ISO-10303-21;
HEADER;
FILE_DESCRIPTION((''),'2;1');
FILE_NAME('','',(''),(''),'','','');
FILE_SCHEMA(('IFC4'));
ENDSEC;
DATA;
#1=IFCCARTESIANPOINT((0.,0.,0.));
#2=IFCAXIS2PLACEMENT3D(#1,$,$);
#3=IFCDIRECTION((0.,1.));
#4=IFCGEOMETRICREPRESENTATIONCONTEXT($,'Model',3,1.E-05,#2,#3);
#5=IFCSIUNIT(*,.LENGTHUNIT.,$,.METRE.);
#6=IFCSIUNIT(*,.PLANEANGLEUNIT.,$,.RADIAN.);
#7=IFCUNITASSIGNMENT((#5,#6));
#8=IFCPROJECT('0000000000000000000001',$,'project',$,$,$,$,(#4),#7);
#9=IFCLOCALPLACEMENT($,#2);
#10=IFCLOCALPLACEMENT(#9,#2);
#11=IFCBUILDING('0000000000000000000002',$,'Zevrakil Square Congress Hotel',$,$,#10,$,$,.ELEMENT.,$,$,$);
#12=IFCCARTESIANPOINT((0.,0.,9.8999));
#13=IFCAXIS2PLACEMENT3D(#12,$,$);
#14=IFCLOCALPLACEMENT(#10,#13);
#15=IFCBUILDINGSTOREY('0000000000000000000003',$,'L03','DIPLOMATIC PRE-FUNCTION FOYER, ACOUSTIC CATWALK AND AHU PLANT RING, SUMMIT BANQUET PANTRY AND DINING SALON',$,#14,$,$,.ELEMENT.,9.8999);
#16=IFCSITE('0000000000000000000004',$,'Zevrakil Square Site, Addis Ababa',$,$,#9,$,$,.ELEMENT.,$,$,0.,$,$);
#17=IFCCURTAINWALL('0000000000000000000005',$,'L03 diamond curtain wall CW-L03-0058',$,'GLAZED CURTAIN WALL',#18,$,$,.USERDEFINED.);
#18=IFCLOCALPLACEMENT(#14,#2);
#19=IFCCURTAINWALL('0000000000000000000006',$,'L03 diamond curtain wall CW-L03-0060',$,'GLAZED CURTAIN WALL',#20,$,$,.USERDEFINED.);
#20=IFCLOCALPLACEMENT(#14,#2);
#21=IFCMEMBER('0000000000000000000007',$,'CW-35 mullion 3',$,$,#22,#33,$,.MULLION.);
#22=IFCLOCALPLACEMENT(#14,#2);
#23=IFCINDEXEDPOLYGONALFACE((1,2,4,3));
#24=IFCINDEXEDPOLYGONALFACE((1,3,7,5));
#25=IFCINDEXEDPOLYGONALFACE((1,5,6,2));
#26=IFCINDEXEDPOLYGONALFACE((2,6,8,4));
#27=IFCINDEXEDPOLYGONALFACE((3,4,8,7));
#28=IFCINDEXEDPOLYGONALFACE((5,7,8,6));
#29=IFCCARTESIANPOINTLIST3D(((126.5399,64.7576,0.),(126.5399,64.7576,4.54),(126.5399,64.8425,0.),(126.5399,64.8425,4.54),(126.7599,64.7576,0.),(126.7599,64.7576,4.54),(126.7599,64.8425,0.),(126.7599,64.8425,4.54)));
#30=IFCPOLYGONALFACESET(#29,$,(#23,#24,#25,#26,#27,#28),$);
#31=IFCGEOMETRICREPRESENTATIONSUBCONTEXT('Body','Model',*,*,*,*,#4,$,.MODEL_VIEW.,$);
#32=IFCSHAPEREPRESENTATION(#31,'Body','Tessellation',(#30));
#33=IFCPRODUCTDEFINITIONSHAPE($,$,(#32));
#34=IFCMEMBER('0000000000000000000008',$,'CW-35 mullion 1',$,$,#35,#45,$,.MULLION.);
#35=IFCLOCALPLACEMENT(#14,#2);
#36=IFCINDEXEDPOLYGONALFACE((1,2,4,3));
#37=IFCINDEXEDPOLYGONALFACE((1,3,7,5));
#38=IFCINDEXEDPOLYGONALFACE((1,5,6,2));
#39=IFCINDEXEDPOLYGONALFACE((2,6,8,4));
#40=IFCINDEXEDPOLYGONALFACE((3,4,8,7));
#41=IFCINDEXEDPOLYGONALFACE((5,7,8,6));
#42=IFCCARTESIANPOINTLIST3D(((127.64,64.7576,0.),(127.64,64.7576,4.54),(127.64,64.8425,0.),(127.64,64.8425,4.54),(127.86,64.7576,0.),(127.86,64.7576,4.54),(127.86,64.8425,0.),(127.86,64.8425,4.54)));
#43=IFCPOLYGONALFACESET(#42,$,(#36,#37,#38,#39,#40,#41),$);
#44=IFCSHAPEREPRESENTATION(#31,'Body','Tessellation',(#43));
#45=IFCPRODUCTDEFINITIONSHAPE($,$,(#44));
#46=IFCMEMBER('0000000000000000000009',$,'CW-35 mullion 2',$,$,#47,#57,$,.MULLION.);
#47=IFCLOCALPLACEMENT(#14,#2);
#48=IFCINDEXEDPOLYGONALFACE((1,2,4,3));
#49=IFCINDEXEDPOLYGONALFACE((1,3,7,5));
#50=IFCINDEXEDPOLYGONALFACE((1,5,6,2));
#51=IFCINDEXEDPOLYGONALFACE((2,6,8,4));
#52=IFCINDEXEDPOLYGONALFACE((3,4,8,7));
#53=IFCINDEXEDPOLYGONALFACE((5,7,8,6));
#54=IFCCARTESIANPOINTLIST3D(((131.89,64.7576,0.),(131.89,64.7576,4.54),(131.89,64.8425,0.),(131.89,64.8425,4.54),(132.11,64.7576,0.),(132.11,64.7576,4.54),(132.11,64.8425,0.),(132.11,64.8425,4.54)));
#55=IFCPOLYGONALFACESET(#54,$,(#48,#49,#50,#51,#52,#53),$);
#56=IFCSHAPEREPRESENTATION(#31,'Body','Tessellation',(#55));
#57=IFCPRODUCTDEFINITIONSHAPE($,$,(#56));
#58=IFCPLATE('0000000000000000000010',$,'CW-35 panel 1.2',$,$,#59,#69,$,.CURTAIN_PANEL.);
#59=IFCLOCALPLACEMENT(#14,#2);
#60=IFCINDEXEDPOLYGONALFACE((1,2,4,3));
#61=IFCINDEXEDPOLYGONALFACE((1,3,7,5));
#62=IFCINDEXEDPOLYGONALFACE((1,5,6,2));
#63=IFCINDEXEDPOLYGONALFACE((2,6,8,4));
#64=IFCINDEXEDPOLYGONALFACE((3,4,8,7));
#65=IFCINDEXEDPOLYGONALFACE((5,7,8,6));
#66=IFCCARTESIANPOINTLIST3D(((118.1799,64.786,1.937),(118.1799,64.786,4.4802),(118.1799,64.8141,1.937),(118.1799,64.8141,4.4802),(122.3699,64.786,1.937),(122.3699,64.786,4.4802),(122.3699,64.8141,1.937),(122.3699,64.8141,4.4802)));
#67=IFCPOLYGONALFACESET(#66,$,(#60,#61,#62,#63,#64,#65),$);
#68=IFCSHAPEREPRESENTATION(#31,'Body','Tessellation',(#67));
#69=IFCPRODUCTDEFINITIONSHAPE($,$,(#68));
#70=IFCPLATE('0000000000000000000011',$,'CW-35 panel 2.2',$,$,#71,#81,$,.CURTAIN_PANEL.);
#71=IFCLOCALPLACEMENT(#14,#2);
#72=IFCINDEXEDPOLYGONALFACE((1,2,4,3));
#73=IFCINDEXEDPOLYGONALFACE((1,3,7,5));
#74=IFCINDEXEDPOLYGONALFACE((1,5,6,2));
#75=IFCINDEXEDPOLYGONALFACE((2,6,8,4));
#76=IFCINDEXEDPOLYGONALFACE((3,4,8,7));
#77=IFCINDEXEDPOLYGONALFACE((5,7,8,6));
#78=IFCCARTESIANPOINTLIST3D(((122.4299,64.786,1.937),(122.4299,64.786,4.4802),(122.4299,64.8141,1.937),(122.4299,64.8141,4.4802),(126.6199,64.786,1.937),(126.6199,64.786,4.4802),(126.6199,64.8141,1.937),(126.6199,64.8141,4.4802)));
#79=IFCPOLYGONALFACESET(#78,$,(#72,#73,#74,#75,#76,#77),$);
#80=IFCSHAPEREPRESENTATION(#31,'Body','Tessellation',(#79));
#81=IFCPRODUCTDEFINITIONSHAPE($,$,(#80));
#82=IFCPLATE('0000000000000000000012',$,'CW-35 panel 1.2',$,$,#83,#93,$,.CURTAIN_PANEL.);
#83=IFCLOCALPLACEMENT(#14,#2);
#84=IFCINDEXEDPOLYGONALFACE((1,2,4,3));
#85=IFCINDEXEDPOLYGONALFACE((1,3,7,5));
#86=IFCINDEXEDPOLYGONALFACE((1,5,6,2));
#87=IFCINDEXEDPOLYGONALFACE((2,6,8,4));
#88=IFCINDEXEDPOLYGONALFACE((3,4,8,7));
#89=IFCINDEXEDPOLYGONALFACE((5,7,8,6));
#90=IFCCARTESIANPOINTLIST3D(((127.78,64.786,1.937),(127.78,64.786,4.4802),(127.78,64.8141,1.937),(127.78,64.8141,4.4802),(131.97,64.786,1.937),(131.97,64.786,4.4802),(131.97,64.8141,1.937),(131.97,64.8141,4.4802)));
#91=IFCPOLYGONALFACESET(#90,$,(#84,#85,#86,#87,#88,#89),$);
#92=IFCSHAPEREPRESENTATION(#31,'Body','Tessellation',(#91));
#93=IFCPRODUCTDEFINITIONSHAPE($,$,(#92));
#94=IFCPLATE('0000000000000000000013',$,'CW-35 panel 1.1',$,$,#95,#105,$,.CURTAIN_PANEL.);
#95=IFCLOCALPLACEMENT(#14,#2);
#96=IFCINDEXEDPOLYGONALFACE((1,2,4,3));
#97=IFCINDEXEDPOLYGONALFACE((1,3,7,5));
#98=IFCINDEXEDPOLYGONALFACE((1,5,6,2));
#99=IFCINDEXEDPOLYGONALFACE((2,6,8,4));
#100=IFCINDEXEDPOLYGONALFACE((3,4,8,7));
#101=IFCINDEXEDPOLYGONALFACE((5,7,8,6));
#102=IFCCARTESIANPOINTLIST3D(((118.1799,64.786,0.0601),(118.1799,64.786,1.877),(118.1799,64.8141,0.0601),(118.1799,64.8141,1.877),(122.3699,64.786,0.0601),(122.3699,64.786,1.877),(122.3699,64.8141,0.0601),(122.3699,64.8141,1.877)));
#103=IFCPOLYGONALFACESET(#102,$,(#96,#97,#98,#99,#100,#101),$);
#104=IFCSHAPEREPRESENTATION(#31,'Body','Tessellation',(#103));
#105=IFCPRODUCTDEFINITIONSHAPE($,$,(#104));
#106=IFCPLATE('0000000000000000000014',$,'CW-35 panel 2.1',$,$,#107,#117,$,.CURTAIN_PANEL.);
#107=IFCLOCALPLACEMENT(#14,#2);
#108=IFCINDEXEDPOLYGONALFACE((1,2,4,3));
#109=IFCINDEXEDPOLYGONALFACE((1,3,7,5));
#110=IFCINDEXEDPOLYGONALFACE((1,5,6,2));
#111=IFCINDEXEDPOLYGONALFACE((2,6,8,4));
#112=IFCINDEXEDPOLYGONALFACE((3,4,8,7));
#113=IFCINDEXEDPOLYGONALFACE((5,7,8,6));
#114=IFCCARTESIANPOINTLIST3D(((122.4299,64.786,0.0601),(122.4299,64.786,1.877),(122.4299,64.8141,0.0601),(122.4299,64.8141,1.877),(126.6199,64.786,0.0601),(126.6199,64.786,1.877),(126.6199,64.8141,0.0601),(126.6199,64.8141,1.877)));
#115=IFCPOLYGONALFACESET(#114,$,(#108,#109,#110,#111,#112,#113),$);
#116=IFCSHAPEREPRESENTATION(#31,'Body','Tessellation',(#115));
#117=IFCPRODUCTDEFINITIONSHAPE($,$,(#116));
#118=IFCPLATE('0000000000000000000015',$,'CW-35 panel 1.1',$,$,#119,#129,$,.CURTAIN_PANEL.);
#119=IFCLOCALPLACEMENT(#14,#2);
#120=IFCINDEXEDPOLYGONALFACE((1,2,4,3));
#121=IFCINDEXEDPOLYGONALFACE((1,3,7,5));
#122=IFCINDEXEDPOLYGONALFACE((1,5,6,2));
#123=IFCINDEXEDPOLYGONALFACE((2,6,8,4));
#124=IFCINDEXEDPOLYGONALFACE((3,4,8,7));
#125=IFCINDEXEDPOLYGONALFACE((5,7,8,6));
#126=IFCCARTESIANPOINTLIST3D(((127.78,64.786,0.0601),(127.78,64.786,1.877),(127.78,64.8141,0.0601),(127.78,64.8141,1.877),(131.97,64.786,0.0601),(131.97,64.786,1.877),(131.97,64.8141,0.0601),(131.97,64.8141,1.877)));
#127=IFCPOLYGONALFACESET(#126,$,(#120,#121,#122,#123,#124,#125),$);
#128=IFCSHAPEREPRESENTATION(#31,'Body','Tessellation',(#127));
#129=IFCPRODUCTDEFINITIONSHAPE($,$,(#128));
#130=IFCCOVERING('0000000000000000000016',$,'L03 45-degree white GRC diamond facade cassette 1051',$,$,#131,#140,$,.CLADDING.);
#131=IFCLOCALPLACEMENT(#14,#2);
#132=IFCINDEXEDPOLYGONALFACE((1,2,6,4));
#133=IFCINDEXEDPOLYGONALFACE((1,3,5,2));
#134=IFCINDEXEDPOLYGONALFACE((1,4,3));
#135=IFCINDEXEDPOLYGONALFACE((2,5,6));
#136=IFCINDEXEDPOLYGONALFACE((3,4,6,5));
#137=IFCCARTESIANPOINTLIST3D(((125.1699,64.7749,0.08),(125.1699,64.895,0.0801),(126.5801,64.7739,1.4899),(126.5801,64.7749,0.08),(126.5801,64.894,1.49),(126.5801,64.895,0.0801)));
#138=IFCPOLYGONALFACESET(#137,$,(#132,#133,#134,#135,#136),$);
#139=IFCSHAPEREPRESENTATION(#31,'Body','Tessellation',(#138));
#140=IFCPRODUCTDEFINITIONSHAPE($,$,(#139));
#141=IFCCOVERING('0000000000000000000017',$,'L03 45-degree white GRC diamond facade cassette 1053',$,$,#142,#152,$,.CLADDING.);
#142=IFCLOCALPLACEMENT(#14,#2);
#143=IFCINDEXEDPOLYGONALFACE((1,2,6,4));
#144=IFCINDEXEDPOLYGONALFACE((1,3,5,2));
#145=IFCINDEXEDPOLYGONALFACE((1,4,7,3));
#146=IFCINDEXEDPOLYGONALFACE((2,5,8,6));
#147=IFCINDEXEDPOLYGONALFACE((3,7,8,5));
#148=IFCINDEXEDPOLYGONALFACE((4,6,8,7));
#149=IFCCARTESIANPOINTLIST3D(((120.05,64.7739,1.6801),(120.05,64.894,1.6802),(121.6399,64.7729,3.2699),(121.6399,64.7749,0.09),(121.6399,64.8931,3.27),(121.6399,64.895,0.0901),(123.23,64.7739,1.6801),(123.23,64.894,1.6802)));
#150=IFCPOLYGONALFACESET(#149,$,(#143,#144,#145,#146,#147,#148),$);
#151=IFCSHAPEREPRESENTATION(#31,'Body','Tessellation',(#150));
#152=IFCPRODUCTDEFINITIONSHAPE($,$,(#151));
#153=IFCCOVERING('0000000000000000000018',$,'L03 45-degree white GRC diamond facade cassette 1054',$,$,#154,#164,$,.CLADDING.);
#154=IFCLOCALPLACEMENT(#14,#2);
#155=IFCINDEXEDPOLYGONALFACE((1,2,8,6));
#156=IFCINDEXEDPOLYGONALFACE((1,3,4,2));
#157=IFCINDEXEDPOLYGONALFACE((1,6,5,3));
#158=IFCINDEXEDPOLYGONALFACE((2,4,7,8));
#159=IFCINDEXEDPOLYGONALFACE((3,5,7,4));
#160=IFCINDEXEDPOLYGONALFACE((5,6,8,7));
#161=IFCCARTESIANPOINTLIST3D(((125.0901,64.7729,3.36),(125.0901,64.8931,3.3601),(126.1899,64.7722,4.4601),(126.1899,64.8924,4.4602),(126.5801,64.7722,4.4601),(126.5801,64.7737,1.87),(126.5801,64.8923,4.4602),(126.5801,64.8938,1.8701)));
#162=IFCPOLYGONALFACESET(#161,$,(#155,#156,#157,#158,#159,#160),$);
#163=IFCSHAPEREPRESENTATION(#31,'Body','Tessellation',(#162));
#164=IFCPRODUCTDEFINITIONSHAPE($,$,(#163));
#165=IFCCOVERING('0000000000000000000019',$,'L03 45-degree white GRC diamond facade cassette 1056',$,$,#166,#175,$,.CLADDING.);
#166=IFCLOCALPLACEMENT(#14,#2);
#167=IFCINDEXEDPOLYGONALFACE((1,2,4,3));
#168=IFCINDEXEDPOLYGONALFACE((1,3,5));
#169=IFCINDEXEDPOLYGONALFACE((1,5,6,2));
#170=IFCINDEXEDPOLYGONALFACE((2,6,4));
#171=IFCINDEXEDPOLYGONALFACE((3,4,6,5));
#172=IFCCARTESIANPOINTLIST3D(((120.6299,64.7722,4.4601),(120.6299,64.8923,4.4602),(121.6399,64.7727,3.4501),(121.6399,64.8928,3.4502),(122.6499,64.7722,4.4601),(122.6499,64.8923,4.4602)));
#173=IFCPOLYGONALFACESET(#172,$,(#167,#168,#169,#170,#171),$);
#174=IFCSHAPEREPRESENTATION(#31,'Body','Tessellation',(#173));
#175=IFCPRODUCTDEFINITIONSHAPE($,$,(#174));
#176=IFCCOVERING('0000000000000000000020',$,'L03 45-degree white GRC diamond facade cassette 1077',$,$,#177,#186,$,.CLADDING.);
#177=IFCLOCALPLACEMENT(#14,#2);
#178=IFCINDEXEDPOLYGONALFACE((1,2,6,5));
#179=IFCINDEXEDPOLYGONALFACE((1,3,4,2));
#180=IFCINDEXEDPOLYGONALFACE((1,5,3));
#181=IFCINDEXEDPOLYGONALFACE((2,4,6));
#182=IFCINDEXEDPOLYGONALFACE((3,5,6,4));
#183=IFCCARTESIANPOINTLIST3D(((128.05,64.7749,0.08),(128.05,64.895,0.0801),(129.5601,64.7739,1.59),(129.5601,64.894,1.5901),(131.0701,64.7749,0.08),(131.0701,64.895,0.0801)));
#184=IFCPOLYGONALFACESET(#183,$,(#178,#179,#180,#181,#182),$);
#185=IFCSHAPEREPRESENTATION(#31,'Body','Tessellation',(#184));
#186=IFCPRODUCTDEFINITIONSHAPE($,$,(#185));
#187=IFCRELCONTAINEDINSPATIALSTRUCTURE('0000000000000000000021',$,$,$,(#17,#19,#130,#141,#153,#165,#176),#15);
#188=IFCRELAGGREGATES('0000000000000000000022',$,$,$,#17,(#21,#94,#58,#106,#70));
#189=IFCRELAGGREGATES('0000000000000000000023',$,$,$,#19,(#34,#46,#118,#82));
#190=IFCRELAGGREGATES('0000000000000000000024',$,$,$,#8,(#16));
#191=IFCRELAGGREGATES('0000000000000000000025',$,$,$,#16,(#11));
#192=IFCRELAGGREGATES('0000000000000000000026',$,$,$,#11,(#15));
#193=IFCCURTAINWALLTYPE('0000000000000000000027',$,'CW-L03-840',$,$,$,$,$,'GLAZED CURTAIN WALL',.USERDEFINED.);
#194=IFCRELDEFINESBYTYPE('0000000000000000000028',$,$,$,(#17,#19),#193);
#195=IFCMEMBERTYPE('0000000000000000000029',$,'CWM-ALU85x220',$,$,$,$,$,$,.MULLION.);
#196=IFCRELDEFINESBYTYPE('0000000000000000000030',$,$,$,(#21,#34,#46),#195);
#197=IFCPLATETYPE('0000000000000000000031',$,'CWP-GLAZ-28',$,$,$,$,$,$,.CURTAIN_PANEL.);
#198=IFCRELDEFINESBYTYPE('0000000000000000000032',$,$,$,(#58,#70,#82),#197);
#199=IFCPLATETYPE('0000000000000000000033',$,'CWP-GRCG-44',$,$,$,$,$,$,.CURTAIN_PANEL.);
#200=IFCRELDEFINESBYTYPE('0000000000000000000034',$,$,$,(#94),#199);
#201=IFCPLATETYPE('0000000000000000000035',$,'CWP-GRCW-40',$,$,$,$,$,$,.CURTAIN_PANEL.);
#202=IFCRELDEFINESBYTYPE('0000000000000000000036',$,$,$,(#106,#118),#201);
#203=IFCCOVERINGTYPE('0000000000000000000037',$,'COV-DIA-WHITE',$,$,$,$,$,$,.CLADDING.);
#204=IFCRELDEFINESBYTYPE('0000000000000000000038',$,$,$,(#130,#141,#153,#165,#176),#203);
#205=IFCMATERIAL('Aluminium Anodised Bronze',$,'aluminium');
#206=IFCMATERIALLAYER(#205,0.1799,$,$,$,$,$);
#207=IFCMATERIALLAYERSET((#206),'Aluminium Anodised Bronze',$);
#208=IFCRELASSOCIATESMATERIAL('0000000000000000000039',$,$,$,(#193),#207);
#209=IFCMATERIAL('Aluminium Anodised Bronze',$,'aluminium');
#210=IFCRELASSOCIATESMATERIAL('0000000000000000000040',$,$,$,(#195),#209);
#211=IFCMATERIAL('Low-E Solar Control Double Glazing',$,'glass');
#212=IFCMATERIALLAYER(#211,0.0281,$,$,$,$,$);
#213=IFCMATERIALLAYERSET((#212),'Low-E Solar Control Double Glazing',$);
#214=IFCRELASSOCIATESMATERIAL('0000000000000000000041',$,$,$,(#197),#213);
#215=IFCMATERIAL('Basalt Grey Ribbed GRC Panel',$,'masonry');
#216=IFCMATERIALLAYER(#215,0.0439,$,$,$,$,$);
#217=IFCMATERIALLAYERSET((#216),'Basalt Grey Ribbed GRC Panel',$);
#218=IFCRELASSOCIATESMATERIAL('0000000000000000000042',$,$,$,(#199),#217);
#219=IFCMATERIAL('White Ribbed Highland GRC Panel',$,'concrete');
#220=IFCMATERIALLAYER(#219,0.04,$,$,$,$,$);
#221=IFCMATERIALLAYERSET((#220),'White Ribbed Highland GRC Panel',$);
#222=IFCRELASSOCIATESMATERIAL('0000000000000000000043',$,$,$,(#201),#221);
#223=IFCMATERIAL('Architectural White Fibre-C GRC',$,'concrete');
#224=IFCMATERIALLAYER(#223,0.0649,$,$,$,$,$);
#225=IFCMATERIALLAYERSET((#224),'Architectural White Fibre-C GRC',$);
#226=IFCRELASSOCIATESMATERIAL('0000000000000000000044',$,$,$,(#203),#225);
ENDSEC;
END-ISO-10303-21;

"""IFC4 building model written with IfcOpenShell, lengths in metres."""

from ifc_helpers import new_model, si_unit, direction, frame, origin, origin_2d, place, context, subcontext, project, spatial, polyline, rectangle, outline, extrude, material, layer, layer_set, material_profile, profile_set, type_object, element, aggregate, save


model = new_model("IFC4")

# Units and contexts
model_context = context("Model", 3, precision=1e-05, world=origin(), true_north=direction((0.0, 1.0)))
body_context = subcontext(model_context, "Body", "Model", "MODEL_VIEW")
ifc_project = project(units=[si_unit("LENGTHUNIT", "METRE"), si_unit("PLANEANGLEUNIT", "RADIAN")], contexts=[model_context])

# Site, building, storey
site_placement = place(None, origin())
site = spatial("IfcSite", under=ifc_project, at=site_placement, Name="Zevrakil Square Site, Addis Ababa", CompositionType="ELEMENT", RefElevation=0.0)
building_placement = place(site_placement, origin())
building = spatial("IfcBuilding", under=site, at=building_placement, Name="Zevrakil Square Congress Hotel", CompositionType="ELEMENT")
storey_placement = place(building_placement, frame((0.0, 0.0, 9.8999)))
storey = spatial("IfcBuildingStorey", under=building, at=storey_placement, Name="L03", Description="DIPLOMATIC PRE-FUNCTION FOYER, ACOUSTIC CATWALK AND AHU PLANT RING, SUMMIT BANQUET PANTRY AND DINING SALON", CompositionType="ELEMENT", Elevation=9.8999)

# Curtain walls
ifc_material_1 = material(Name="Aluminium Anodised Bronze", Category="aluminium")
ifc_layer_1 = layer(ifc_material_1, 0.1799)
ifc_layer_set_1 = layer_set([ifc_layer_1], Name="Aluminium Anodised Bronze")
curtain_wall_type = type_object("IfcCurtainWallType", Name="CW-L03-840", ElementType="GLAZED CURTAIN WALL", PredefinedType="USERDEFINED", material=ifc_layer_set_1)
curtain_wall_1_placement = place(storey_placement, origin())
curtain_wall_1 = element("IfcCurtainWall", 1, at=curtain_wall_1_placement, inside=storey, type_object=curtain_wall_type, Name="L03 diamond curtain wall CW-L03-0058", ObjectType="GLAZED CURTAIN WALL", PredefinedType="USERDEFINED")
curtain_wall_2_placement = place(storey_placement, origin())
curtain_wall_2 = element("IfcCurtainWall", 2, at=curtain_wall_2_placement, inside=storey, type_object=curtain_wall_type, Name="L03 diamond curtain wall CW-L03-0060", ObjectType="GLAZED CURTAIN WALL", PredefinedType="USERDEFINED")

# Members
ifc_material_2 = material(Name="Aluminium Anodised Bronze", Category="aluminium")
ifc_material_profile_1 = material_profile(ifc_material_2, rectangle(XDim=0.085, YDim=0.22, at=origin_2d()), Name="ALU 85x220")
ifc_profile_set_1 = profile_set([ifc_material_profile_1], Name="Aluminium Anodised Bronze")
member_type_1 = type_object("IfcMemberType", Name="CWM-ALU85x220", PredefinedType="MULLION", material=ifc_profile_set_1)
member_1_placement = place(storey_placement, frame((126.6499, 64.8, 0.0), z_axis=(0.0, 0.0, 1.0), x_axis=(0.0, 1.0, 0.0)))
member_1 = element("IfcMember", 3, at=member_1_placement, type_object=member_type_1, Name="CW-35 mullion 3", PredefinedType="MULLION", context=body_context, shape_type="SweptSolid", body=[
    extrude(rectangle(XDim=0.085, YDim=0.22, at=origin_2d()), origin(), (0.0, 0.0, 1.0), 4.54),
])
member_2_placement = place(storey_placement, frame((127.75, 64.8, 0.0), z_axis=(0.0, 0.0, 1.0), x_axis=(0.0, 1.0, 0.0)))
member_2 = element("IfcMember", 4, at=member_2_placement, type_object=member_type_1, Name="CW-35 mullion 1", PredefinedType="MULLION", context=body_context, shape_type="SweptSolid", body=[
    extrude(rectangle(XDim=0.085, YDim=0.22, at=origin_2d()), origin(), (0.0, 0.0, 1.0), 4.54),
])
member_3_placement = place(storey_placement, frame((132.0, 64.8, 0.0), z_axis=(0.0, 0.0, 1.0), x_axis=(0.0, 1.0, 0.0)))
member_3 = element("IfcMember", 5, at=member_3_placement, type_object=member_type_1, Name="CW-35 mullion 2", PredefinedType="MULLION", context=body_context, shape_type="SweptSolid", body=[
    extrude(rectangle(XDim=0.085, YDim=0.22, at=origin_2d()), origin(), (0.0, 0.0, 1.0), 4.54),
])

# Plates
ifc_material_3 = material(Name="Low-E Solar Control Double Glazing", Category="glass")
ifc_layer_2 = layer(ifc_material_3, 0.0281)
ifc_layer_set_2 = layer_set([ifc_layer_2], Name="Low-E Solar Control Double Glazing")
plate_type_1 = type_object("IfcPlateType", Name="CWP-GLAZ-28", PredefinedType="CURTAIN_PANEL", material=ifc_layer_set_2)
plate_1_placement = place(storey_placement, frame((120.2749, 64.8, 1.937), z_axis=(0.0, 0.0, 1.0), x_axis=(1.0, 0.0, 0.0)))
plate_1 = element("IfcPlate", 6, at=plate_1_placement, type_object=plate_type_1, Name="CW-35 panel 1.2", PredefinedType="CURTAIN_PANEL", context=body_context, shape_type="SweptSolid", body=[
    extrude(rectangle(XDim=4.1899, YDim=0.0281, at=origin_2d()), origin(), (0.0, 0.0, 1.0), 2.5432),
])
plate_2_placement = place(storey_placement, frame((124.5249, 64.8, 1.937), z_axis=(0.0, 0.0, 1.0), x_axis=(1.0, 0.0, 0.0)))
plate_2 = element("IfcPlate", 7, at=plate_2_placement, type_object=plate_type_1, Name="CW-35 panel 2.2", PredefinedType="CURTAIN_PANEL", context=body_context, shape_type="SweptSolid", body=[
    extrude(rectangle(XDim=4.1899, YDim=0.0281, at=origin_2d()), origin(), (0.0, 0.0, 1.0), 2.5432),
])
plate_3_placement = place(storey_placement, frame((129.875, 64.8, 1.937), z_axis=(0.0, 0.0, 1.0), x_axis=(1.0, 0.0, 0.0)))
plate_3 = element("IfcPlate", 8, at=plate_3_placement, type_object=plate_type_1, Name="CW-35 panel 1.2", PredefinedType="CURTAIN_PANEL", context=body_context, shape_type="SweptSolid", body=[
    extrude(rectangle(XDim=4.1899, YDim=0.0281, at=origin_2d()), origin(), (0.0, 0.0, 1.0), 2.5432),
])
ifc_material_4 = material(Name="Basalt Grey Ribbed GRC Panel", Category="masonry")
ifc_layer_3 = layer(ifc_material_4, 0.0439)
ifc_layer_set_3 = layer_set([ifc_layer_3], Name="Basalt Grey Ribbed GRC Panel")
plate_type_2 = type_object("IfcPlateType", Name="CWP-GRCG-44", PredefinedType="CURTAIN_PANEL", material=ifc_layer_set_3)
plate_4_placement = place(storey_placement, frame((120.2749, 64.8, 0.0601), z_axis=(0.0, 0.0, 1.0), x_axis=(1.0, 0.0, 0.0)))
plate_4 = element("IfcPlate", 9, at=plate_4_placement, type_object=plate_type_2, Name="CW-35 panel 1.1", PredefinedType="CURTAIN_PANEL", context=body_context, shape_type="SweptSolid", body=[
    extrude(rectangle(XDim=4.1899, YDim=0.0281, at=origin_2d()), origin(), (0.0, 0.0, 1.0), 1.8169),
])
ifc_material_5 = material(Name="White Ribbed Highland GRC Panel", Category="concrete")
ifc_layer_4 = layer(ifc_material_5, 0.04)
ifc_layer_set_4 = layer_set([ifc_layer_4], Name="White Ribbed Highland GRC Panel")
plate_type_3 = type_object("IfcPlateType", Name="CWP-GRCW-40", PredefinedType="CURTAIN_PANEL", material=ifc_layer_set_4)
plate_5_placement = place(storey_placement, frame((124.5249, 64.8, 0.0601), z_axis=(0.0, 0.0, 1.0), x_axis=(1.0, 0.0, 0.0)))
plate_5 = element("IfcPlate", 10, at=plate_5_placement, type_object=plate_type_3, Name="CW-35 panel 2.1", PredefinedType="CURTAIN_PANEL", context=body_context, shape_type="SweptSolid", body=[
    extrude(rectangle(XDim=4.1899, YDim=0.0281, at=origin_2d()), origin(), (0.0, 0.0, 1.0), 1.8169),
])
aggregate(curtain_wall_1, [member_1, plate_4, plate_1, plate_5, plate_2])
plate_6_placement = place(storey_placement, frame((129.875, 64.8, 0.0601), z_axis=(0.0, 0.0, 1.0), x_axis=(1.0, 0.0, 0.0)))
plate_6 = element("IfcPlate", 11, at=plate_6_placement, type_object=plate_type_3, Name="CW-35 panel 1.1", PredefinedType="CURTAIN_PANEL", context=body_context, shape_type="SweptSolid", body=[
    extrude(rectangle(XDim=4.1899, YDim=0.0281, at=origin_2d()), origin(), (0.0, 0.0, 1.0), 1.8169),
])
aggregate(curtain_wall_2, [member_2, member_3, plate_6, plate_3])

# Coverings
ifc_material_6 = material(Name="Architectural White Fibre-C GRC", Category="concrete")
ifc_layer_5 = layer(ifc_material_6, 0.0649)
ifc_layer_set_5 = layer_set([ifc_layer_5], Name="Architectural White Fibre-C GRC")
covering_type_1 = type_object("IfcCoveringType", Name="COV-DIA-WHITE", PredefinedType="CLADDING", material=ifc_layer_set_5)
covering_1_placement = place(storey_placement, frame((125.1699, 64.895, 0.0801), z_axis=(0.0, 1.0, 0.000693), x_axis=(1.0, 0.0, 0.0)))
element("IfcCovering", 12, at=covering_1_placement, inside=storey, type_object=covering_type_1, Name="L03 45-degree white GRC diamond facade cassette 1051", PredefinedType="CLADDING", context=body_context, shape_type="SweptSolid", body=[
    extrude(outline(polyline([(0.0, 0.0), (1.4102, 0.0), (1.4102, -1.4099), (0.0, 0.0)])), origin(), (0.0, 0.0, -1.0), 0.1201),
])
covering_2_placement = place(storey_placement, frame((121.6399, 64.8931, 3.27), z_axis=(0.0, 1.0, 0.000614), x_axis=(-0.707107, 0.000434, -0.707107)))
element("IfcCovering", 13, at=covering_2_placement, inside=storey, type_object=covering_type_1, Name="L03 45-degree white GRC diamond facade cassette 1053", PredefinedType="CLADDING", context=body_context, shape_type="SweptSolid", body=[
    extrude(outline(polyline([(0.0, 0.0), (2.2484, 0.0), (2.2486, -2.2486), (-0.0002, -2.2486), (0.0, 0.0)])), origin(), (0.0, 0.0, -1.0), 0.1201),
])
covering_3_placement = place(storey_placement, frame((125.0901, 64.8931, 3.3601), z_axis=(0.000067, 1.0, 0.000576), x_axis=(0.707107, 0.00036, -0.707107)))
element("IfcCovering", 14, at=covering_3_placement, inside=storey, type_object=covering_type_1, Name="L03 45-degree white GRC diamond facade cassette 1054", PredefinedType="CLADDING", context=body_context, shape_type="SweptSolid", body=[
    extrude(outline(polyline([(0.0, 0.0), (2.1072, 0.0), (0.2757, -1.8315), (-0.0002, -1.5556), (0.0, 0.0)])), origin(), (0.0, 0.0, -1.0), 0.1201),
])
covering_4_placement = place(storey_placement, frame((121.6399, 64.8928, 3.4502), z_axis=(0.0, 1.0, 0.000483), x_axis=(0.707107, -0.000342, 0.707107)))
element("IfcCovering", 15, at=covering_4_placement, inside=storey, type_object=covering_type_1, Name="L03 45-degree white GRC diamond facade cassette 1056", PredefinedType="CLADDING", context=body_context, shape_type="SweptSolid", body=[
    extrude(outline(polyline([(0.0, 0.0), (1.4284, 0.0), (0.0, -1.4284), (0.0, 0.0)])), origin(), (0.0, 0.0, -1.0), 0.1201),
])
covering_5_placement = place(storey_placement, frame((129.5601, 64.894, 1.5901), z_axis=(0.0, 1.0, 0.000647), x_axis=(-0.707107, 0.000457, -0.707107)))
element("IfcCovering", 16, at=covering_5_placement, inside=storey, type_object=covering_type_1, Name="L03 45-degree white GRC diamond facade cassette 1077", PredefinedType="CLADDING", context=body_context, shape_type="SweptSolid", body=[
    extrude(outline(polyline([(0.0, 0.0), (2.1355, 0.0), (0.0, -2.1355), (0.0, 0.0)])), origin(), (0.0, 0.0, -1.0), 0.1201),
])

save(model, "model.ifc")
